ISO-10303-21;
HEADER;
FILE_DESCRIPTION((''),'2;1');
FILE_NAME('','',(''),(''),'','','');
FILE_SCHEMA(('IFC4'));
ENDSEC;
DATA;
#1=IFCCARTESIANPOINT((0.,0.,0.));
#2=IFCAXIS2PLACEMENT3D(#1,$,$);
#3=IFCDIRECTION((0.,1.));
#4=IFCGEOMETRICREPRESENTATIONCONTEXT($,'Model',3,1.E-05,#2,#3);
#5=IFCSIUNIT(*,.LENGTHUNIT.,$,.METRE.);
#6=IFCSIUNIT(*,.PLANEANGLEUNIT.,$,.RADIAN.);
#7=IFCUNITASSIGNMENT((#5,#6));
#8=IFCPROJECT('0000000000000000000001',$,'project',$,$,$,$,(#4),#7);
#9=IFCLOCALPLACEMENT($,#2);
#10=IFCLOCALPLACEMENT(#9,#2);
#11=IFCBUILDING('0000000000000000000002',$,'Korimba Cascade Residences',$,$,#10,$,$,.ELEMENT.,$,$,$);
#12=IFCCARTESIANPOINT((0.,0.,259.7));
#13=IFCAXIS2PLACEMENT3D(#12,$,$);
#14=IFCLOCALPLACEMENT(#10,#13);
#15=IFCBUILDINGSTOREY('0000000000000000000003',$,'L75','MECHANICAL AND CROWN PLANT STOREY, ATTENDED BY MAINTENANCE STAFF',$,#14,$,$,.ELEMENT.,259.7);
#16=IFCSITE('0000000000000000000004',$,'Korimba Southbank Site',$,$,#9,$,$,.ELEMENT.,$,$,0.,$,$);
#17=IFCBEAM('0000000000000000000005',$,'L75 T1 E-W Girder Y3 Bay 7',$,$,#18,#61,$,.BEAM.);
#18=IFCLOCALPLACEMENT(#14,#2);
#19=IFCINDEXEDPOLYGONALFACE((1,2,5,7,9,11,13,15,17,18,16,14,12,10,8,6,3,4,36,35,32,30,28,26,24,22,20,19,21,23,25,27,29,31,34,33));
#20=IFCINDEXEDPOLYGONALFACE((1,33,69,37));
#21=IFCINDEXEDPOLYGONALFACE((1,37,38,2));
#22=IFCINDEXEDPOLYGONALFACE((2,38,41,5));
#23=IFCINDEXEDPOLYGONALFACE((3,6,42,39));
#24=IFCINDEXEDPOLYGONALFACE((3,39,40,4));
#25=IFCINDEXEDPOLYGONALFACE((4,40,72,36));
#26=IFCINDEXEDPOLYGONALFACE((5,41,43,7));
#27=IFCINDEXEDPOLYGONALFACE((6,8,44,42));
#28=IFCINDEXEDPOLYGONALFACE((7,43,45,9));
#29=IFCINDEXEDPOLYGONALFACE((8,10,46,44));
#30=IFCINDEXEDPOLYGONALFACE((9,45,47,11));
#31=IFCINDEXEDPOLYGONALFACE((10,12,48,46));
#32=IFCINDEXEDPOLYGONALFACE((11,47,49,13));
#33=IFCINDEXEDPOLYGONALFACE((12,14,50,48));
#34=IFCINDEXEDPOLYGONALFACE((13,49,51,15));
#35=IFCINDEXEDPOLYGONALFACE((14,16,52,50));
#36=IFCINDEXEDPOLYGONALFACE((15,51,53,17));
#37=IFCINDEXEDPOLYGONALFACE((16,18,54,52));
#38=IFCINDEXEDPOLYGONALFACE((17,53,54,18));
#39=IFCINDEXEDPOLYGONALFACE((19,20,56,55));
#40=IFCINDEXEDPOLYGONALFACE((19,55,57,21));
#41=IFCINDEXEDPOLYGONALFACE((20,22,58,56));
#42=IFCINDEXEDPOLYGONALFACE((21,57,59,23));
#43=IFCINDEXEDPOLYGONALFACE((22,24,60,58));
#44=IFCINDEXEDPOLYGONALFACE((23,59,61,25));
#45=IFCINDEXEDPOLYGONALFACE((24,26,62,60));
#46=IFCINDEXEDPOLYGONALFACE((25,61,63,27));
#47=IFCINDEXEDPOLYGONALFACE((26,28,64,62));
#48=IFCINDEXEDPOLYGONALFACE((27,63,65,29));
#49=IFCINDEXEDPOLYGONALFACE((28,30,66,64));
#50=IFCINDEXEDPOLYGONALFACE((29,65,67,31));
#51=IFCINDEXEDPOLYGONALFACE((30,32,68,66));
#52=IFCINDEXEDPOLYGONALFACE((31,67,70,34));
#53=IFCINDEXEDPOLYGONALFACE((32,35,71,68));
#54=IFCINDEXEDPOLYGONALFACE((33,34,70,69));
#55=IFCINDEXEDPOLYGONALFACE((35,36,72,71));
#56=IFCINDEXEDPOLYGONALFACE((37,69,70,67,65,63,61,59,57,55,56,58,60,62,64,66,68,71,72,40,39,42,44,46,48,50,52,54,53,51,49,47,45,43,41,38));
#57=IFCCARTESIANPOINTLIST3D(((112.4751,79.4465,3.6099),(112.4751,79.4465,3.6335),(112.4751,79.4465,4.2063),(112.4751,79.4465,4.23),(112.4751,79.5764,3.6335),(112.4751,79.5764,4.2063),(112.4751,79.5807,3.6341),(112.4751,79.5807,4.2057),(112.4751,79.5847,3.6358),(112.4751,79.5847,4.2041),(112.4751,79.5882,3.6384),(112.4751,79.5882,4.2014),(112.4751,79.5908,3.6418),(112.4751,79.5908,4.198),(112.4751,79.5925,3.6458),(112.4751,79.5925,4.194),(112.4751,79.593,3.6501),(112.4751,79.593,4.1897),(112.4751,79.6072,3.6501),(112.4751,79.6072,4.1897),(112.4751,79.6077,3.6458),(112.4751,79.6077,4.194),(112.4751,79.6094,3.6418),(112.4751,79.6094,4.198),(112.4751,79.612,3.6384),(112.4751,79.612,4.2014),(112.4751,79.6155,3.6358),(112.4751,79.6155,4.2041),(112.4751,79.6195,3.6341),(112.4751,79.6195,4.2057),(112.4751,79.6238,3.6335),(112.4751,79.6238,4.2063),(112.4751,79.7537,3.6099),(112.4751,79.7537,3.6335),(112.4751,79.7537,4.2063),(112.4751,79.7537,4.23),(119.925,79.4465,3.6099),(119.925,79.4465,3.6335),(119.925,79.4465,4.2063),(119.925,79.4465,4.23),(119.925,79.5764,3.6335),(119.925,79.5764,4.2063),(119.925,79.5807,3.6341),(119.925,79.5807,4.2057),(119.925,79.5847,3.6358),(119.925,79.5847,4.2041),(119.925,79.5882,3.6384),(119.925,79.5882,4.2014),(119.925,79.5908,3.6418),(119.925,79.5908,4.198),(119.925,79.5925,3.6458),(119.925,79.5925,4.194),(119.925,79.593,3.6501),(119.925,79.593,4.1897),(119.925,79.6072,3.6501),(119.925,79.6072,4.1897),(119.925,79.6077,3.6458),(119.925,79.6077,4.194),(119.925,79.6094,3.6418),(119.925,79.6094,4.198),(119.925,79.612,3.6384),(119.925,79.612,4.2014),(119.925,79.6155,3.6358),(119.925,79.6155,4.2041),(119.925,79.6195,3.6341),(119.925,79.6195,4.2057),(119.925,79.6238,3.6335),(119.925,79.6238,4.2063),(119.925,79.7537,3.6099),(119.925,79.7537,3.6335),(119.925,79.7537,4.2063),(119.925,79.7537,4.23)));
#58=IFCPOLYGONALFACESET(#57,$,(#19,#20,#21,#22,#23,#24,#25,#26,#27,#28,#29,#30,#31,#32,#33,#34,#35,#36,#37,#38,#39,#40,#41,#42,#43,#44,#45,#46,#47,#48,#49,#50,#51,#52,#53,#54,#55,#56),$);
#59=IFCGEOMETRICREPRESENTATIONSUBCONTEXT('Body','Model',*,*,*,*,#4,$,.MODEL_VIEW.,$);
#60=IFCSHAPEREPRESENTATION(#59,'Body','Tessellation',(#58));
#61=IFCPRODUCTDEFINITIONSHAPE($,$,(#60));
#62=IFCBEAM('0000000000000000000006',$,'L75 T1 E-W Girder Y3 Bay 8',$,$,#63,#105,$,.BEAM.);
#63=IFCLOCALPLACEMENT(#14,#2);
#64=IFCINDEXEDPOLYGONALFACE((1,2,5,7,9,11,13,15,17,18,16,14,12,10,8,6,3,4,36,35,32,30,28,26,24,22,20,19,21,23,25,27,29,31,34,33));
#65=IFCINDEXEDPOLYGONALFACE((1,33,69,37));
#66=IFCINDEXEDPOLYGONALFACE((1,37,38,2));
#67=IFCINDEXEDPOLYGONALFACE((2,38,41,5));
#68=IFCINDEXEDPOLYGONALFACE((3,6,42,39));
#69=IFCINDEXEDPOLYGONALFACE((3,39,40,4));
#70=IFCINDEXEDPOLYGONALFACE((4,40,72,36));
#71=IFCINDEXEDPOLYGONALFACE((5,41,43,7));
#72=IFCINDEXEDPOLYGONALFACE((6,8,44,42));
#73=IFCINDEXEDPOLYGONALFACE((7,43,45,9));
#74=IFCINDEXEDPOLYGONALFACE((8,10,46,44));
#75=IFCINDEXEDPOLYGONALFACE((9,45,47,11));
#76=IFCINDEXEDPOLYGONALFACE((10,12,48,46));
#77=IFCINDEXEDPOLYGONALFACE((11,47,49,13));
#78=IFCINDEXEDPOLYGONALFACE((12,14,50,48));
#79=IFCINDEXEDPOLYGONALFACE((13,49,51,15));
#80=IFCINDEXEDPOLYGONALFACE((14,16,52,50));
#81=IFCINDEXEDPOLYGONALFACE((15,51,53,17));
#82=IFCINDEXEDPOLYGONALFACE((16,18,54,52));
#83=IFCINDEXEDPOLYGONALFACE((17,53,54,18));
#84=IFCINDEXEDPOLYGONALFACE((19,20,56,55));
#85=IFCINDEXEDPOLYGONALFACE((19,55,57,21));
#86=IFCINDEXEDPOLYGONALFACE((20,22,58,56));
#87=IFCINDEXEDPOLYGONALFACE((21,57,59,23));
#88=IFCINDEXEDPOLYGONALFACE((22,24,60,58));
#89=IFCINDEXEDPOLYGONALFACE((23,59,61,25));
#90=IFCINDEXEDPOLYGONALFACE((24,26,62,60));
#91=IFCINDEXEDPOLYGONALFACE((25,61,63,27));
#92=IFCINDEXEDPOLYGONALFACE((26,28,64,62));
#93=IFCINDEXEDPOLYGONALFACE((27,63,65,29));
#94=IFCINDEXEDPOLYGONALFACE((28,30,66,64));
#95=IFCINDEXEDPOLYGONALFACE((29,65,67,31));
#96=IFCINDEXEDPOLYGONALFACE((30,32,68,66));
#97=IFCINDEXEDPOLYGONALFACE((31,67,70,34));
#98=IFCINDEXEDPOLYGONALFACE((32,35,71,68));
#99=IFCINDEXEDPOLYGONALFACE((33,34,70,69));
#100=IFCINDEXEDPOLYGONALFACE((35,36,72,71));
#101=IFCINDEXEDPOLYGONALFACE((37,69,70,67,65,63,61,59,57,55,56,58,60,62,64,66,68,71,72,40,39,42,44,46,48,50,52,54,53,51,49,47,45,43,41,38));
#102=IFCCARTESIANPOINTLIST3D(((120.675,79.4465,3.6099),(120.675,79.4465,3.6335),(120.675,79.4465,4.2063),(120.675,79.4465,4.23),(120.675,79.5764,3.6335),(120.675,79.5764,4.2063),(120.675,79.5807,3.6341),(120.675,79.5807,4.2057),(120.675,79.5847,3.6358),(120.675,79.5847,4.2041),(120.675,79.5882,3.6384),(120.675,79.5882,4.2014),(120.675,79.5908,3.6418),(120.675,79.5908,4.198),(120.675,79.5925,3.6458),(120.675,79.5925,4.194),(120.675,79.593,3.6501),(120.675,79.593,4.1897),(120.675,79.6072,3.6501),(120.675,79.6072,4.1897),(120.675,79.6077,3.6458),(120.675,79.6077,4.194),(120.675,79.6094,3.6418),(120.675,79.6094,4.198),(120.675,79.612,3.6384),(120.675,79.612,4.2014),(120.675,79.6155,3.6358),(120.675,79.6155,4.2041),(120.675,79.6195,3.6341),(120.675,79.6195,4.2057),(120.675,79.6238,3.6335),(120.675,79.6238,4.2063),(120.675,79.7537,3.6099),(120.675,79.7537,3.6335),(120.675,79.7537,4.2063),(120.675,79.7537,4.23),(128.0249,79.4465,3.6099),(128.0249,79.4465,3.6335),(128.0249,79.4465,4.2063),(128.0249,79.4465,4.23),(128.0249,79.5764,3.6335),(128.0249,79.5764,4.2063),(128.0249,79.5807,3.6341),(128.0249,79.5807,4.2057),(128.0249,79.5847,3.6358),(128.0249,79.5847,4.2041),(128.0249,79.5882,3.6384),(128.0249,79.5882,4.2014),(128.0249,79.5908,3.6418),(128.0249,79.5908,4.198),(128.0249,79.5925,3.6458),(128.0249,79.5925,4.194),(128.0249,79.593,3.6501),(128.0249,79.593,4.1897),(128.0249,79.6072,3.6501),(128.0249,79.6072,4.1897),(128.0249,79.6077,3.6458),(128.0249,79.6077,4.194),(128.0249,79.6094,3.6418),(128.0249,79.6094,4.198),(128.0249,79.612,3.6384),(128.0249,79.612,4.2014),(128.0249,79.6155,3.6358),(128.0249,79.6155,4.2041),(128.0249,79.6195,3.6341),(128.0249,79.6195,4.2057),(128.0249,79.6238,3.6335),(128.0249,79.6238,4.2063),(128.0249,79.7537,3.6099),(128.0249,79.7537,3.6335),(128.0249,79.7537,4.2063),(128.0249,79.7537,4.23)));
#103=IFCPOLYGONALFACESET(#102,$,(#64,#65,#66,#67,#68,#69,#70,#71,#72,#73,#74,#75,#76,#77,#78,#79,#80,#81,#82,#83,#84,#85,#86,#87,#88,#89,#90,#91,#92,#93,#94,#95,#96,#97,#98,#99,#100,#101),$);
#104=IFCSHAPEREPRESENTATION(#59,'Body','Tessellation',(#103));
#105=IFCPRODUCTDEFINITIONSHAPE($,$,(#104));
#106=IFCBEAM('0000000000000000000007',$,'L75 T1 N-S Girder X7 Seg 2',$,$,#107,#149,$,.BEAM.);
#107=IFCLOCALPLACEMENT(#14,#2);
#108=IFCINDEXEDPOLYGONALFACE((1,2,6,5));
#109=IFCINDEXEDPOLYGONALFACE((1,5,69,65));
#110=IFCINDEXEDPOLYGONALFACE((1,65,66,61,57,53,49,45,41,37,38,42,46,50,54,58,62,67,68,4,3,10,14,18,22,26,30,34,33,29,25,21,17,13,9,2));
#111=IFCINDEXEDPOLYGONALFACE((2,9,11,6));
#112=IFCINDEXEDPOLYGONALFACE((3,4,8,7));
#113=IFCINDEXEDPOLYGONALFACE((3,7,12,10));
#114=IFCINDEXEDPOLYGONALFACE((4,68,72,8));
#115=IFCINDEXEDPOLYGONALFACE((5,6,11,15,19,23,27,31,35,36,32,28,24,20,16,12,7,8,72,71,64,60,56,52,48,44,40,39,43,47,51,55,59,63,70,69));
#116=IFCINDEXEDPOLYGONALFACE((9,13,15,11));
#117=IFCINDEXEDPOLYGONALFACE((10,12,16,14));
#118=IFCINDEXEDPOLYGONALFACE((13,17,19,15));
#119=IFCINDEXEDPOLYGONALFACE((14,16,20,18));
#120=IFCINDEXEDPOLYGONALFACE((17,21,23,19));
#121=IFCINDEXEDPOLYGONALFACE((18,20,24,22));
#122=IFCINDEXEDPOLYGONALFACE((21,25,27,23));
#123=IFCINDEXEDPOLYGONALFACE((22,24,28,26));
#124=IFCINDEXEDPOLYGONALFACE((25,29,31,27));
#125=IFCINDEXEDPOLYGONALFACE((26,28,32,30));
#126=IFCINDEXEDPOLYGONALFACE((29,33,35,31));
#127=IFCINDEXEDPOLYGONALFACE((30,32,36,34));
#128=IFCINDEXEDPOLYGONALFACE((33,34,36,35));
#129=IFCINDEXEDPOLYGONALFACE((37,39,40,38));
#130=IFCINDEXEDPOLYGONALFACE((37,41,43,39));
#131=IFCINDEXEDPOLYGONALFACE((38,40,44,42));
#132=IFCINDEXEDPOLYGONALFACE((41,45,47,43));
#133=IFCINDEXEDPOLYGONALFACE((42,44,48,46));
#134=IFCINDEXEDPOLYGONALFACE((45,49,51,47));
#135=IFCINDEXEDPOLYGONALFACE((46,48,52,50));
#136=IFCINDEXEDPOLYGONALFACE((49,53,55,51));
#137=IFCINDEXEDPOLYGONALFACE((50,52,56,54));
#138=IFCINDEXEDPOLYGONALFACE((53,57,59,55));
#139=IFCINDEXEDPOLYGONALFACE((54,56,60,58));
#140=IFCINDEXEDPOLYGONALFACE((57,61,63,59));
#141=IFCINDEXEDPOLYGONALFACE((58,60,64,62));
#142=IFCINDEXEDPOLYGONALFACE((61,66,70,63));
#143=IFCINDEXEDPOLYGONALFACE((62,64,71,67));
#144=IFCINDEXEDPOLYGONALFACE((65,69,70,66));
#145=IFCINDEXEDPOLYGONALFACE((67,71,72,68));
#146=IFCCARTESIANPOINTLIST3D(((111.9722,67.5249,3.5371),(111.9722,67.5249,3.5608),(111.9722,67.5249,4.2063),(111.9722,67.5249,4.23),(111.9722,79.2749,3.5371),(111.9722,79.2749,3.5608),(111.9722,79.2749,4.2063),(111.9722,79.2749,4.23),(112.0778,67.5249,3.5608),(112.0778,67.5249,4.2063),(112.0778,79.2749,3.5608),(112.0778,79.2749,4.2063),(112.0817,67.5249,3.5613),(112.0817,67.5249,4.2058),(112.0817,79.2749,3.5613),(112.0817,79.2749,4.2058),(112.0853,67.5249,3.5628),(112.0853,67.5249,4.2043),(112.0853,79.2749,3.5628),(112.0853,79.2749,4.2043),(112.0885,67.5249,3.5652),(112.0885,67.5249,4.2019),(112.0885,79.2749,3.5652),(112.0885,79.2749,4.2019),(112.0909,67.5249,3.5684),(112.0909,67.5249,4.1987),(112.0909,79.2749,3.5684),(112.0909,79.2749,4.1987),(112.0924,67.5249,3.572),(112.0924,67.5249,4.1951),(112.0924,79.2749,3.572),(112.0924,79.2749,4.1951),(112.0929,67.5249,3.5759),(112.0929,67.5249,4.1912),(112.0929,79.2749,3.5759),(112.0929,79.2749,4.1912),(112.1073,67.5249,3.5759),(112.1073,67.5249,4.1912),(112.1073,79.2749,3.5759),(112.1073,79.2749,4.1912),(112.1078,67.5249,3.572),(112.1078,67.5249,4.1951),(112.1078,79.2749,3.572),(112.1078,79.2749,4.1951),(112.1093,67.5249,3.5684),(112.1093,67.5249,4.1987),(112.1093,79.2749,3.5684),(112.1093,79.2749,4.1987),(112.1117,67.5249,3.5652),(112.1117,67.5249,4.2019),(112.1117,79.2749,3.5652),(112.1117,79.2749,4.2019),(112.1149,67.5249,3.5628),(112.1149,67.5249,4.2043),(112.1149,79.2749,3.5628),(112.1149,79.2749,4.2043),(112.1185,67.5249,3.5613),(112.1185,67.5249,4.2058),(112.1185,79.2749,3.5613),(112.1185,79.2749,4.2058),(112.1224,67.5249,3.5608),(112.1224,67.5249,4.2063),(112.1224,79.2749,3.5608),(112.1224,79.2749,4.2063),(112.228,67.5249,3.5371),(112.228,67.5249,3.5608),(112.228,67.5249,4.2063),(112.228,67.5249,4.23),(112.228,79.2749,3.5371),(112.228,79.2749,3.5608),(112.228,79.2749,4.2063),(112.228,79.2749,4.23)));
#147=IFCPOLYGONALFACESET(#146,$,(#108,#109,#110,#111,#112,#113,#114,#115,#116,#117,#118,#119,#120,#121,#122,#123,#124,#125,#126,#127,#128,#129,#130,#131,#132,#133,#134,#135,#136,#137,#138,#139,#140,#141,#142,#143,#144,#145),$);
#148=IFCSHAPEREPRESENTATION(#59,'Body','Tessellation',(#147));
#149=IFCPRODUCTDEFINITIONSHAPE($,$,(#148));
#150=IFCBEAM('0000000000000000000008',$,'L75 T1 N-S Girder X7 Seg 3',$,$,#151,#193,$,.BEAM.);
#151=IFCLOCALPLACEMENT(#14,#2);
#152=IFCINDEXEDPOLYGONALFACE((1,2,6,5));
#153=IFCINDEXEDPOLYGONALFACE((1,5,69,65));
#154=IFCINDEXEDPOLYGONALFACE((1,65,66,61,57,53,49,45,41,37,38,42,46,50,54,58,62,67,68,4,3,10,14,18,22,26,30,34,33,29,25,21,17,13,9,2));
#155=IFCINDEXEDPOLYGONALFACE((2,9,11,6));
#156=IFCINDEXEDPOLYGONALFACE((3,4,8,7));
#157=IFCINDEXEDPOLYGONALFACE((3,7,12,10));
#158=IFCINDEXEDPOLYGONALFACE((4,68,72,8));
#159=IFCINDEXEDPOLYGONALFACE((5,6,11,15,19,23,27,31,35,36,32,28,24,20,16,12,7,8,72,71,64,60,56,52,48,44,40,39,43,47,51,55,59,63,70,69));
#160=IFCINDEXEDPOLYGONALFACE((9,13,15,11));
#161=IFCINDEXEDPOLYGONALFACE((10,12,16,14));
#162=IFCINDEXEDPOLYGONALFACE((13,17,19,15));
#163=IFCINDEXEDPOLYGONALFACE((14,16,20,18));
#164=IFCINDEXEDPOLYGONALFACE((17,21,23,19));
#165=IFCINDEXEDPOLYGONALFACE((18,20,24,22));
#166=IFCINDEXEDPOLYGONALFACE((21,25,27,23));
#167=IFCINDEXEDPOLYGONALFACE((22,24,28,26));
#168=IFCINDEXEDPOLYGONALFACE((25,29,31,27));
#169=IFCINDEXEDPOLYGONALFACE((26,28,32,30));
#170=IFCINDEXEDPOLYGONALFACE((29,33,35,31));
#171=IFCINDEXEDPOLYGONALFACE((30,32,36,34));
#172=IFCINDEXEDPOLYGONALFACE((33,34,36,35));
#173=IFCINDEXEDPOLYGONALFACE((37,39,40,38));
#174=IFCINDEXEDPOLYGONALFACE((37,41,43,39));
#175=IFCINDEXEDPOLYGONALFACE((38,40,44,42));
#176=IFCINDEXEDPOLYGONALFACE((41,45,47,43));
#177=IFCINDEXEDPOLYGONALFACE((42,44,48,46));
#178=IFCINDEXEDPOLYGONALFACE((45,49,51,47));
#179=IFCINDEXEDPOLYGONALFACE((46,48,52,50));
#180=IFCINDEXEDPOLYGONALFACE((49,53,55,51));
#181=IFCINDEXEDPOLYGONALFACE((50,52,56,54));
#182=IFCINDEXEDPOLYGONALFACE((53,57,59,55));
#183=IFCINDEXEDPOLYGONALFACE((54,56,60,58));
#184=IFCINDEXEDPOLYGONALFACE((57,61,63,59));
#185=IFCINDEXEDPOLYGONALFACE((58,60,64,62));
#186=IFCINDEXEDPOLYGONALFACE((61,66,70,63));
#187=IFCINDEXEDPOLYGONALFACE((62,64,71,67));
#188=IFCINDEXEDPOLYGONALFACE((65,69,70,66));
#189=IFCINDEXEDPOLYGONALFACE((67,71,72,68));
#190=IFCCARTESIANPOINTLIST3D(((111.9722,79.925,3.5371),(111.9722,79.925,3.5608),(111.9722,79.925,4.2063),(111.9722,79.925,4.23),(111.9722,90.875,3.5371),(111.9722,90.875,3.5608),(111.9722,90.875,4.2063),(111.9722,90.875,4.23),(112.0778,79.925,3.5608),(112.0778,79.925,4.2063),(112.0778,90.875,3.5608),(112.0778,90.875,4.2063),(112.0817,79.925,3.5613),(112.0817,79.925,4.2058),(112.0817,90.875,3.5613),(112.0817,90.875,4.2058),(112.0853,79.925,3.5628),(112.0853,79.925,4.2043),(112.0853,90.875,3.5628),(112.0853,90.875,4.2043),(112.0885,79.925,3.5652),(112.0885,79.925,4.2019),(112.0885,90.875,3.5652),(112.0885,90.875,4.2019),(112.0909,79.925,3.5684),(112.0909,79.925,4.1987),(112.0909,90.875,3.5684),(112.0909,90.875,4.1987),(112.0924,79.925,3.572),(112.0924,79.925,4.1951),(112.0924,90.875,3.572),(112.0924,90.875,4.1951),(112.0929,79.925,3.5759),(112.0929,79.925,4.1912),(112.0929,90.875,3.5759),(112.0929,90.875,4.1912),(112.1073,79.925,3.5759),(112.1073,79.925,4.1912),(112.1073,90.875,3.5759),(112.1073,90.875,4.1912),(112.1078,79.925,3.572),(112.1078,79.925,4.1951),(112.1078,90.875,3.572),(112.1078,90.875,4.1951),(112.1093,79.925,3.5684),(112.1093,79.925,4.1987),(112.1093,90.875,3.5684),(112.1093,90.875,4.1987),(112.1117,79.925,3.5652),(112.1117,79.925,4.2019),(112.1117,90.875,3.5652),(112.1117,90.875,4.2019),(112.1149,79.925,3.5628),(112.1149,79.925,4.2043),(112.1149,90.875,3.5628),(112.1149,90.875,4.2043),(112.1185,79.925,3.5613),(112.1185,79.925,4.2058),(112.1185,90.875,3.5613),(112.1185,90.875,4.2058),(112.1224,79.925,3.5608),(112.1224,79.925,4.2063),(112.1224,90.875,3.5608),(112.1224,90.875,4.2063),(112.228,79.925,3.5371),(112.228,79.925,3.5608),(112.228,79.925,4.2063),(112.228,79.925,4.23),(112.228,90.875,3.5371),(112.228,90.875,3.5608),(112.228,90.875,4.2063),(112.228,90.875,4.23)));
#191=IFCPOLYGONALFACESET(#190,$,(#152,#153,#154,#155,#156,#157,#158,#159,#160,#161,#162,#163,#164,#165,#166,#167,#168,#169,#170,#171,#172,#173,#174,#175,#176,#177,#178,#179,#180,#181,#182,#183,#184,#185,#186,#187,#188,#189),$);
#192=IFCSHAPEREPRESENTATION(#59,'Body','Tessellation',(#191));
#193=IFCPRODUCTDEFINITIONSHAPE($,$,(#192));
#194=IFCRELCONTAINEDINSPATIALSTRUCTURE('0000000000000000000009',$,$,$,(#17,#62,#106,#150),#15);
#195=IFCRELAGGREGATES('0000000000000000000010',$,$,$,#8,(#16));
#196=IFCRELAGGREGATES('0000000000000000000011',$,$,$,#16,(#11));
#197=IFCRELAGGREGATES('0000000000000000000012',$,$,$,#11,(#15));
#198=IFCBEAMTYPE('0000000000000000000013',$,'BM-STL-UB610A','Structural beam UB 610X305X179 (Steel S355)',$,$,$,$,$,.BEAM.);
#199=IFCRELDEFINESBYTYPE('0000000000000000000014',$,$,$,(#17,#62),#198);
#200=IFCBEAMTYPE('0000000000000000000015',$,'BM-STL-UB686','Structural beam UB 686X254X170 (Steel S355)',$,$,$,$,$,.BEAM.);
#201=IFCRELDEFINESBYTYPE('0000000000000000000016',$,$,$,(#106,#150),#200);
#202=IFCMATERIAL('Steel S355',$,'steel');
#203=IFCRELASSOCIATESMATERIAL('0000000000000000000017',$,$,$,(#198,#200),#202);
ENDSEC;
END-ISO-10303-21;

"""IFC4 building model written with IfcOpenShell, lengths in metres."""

from ifc_helpers import new_model, si_unit, direction, frame, origin, origin_2d, place, context, subcontext, project, spatial, i_section, extrude, material, material_profile, profile_set, type_object, element, save


model = new_model("IFC4")

# Units and contexts
model_context = context("Model", 3, precision=1e-05, world=origin(), true_north=direction((0.0, 1.0)))
body_context = subcontext(model_context, "Body", "Model", "MODEL_VIEW")
ifc_project = project(units=[si_unit("LENGTHUNIT", "METRE"), si_unit("PLANEANGLEUNIT", "RADIAN")], contexts=[model_context])

# Site, building, storey
site_placement = place(None, origin())
site = spatial("IfcSite", under=ifc_project, at=site_placement, Name="Korimba Southbank Site", CompositionType="ELEMENT", RefElevation=0.0)
building_placement = place(site_placement, origin())
building = spatial("IfcBuilding", under=site, at=building_placement, Name="Korimba Cascade Residences", CompositionType="ELEMENT")
storey_placement = place(building_placement, frame((0.0, 0.0, 259.7)))
storey = spatial("IfcBuildingStorey", under=building, at=storey_placement, Name="L75", Description="MECHANICAL AND CROWN PLANT STOREY, ATTENDED BY MAINTENANCE STAFF", CompositionType="ELEMENT", Elevation=259.7)

# Beams
ifc_material_1 = material(Name="Steel S355", Category="steel")
ifc_material_profile_1 = material_profile(ifc_material_1, i_section(OverallWidth=0.3071, OverallDepth=0.6201, WebThickness=0.0142, FlangeThickness=0.0237, FilletRadius=0.0166, at=origin_2d()), Name="Steel S355")
ifc_profile_set_1 = profile_set([ifc_material_profile_1], Name="Steel S355")
beam_type_1 = type_object("IfcBeamType", Name="BM-STL-UB610A", Description="Structural beam UB 610X305X179 (Steel S355)", PredefinedType="BEAM", material=ifc_profile_set_1)
beam_1_placement = place(storey_placement, frame((112.4751, 79.6001, 3.9199), z_axis=(1.0, 0.0, 0.0), x_axis=(0.0, 1.0, 0.0)))
element("IfcBeam", 1, at=beam_1_placement, inside=storey, type_object=beam_type_1, Name="L75 T1 E-W Girder Y3 Bay 7", PredefinedType="BEAM", context=body_context, shape_type="SweptSolid", body=[
    extrude(i_section(OverallWidth=0.3071, OverallDepth=0.6201, WebThickness=0.0142, FlangeThickness=0.0237, FilletRadius=0.0166, at=origin_2d()), origin(), (0.0, 0.0, 1.0), 7.45),
])
beam_2_placement = place(storey_placement, frame((120.675, 79.6001, 3.9199), z_axis=(1.0, 0.0, 0.0), x_axis=(0.0, 1.0, 0.0)))
element("IfcBeam", 2, at=beam_2_placement, inside=storey, type_object=beam_type_1, Name="L75 T1 E-W Girder Y3 Bay 8", PredefinedType="BEAM", context=body_context, shape_type="SweptSolid", body=[
    extrude(i_section(OverallWidth=0.3071, OverallDepth=0.6201, WebThickness=0.0142, FlangeThickness=0.0237, FilletRadius=0.0166, at=origin_2d()), origin(), (0.0, 0.0, 1.0), 7.3499),
])
ifc_material_profile_2 = material_profile(ifc_material_1, i_section(OverallWidth=0.2559, OverallDepth=0.6929, WebThickness=0.0144, FlangeThickness=0.0237, FilletRadius=0.0151, at=origin_2d()), Name="Steel S355")
ifc_profile_set_2 = profile_set([ifc_material_profile_2], Name="Steel S355")
beam_type_2 = type_object("IfcBeamType", Name="BM-STL-UB686", Description="Structural beam UB 686X254X170 (Steel S355)", PredefinedType="BEAM", material=ifc_profile_set_2)
beam_3_placement = place(storey_placement, frame((112.1001, 67.5249, 3.8835), z_axis=(0.0, 1.0, 0.0), x_axis=(-1.0, 0.0, 0.0)))
element("IfcBeam", 3, at=beam_3_placement, inside=storey, type_object=beam_type_2, Name="L75 T1 N-S Girder X7 Seg 2", PredefinedType="BEAM", context=body_context, shape_type="SweptSolid", body=[
    extrude(i_section(OverallWidth=0.2559, OverallDepth=0.6929, WebThickness=0.0144, FlangeThickness=0.0237, FilletRadius=0.0151, at=origin_2d()), origin(), (0.0, 0.0, 1.0), 11.75),
])
beam_4_placement = place(storey_placement, frame((112.1001, 79.925, 3.8835), z_axis=(0.0, 1.0, 0.0), x_axis=(-1.0, 0.0, 0.0)))
element("IfcBeam", 4, at=beam_4_placement, inside=storey, type_object=beam_type_2, Name="L75 T1 N-S Girder X7 Seg 3", PredefinedType="BEAM", context=body_context, shape_type="SweptSolid", body=[
    extrude(i_section(OverallWidth=0.2559, OverallDepth=0.6929, WebThickness=0.0144, FlangeThickness=0.0237, FilletRadius=0.0151, at=origin_2d()), origin(), (0.0, 0.0, 1.0), 10.95),
])

save(model, "model.ifc")
